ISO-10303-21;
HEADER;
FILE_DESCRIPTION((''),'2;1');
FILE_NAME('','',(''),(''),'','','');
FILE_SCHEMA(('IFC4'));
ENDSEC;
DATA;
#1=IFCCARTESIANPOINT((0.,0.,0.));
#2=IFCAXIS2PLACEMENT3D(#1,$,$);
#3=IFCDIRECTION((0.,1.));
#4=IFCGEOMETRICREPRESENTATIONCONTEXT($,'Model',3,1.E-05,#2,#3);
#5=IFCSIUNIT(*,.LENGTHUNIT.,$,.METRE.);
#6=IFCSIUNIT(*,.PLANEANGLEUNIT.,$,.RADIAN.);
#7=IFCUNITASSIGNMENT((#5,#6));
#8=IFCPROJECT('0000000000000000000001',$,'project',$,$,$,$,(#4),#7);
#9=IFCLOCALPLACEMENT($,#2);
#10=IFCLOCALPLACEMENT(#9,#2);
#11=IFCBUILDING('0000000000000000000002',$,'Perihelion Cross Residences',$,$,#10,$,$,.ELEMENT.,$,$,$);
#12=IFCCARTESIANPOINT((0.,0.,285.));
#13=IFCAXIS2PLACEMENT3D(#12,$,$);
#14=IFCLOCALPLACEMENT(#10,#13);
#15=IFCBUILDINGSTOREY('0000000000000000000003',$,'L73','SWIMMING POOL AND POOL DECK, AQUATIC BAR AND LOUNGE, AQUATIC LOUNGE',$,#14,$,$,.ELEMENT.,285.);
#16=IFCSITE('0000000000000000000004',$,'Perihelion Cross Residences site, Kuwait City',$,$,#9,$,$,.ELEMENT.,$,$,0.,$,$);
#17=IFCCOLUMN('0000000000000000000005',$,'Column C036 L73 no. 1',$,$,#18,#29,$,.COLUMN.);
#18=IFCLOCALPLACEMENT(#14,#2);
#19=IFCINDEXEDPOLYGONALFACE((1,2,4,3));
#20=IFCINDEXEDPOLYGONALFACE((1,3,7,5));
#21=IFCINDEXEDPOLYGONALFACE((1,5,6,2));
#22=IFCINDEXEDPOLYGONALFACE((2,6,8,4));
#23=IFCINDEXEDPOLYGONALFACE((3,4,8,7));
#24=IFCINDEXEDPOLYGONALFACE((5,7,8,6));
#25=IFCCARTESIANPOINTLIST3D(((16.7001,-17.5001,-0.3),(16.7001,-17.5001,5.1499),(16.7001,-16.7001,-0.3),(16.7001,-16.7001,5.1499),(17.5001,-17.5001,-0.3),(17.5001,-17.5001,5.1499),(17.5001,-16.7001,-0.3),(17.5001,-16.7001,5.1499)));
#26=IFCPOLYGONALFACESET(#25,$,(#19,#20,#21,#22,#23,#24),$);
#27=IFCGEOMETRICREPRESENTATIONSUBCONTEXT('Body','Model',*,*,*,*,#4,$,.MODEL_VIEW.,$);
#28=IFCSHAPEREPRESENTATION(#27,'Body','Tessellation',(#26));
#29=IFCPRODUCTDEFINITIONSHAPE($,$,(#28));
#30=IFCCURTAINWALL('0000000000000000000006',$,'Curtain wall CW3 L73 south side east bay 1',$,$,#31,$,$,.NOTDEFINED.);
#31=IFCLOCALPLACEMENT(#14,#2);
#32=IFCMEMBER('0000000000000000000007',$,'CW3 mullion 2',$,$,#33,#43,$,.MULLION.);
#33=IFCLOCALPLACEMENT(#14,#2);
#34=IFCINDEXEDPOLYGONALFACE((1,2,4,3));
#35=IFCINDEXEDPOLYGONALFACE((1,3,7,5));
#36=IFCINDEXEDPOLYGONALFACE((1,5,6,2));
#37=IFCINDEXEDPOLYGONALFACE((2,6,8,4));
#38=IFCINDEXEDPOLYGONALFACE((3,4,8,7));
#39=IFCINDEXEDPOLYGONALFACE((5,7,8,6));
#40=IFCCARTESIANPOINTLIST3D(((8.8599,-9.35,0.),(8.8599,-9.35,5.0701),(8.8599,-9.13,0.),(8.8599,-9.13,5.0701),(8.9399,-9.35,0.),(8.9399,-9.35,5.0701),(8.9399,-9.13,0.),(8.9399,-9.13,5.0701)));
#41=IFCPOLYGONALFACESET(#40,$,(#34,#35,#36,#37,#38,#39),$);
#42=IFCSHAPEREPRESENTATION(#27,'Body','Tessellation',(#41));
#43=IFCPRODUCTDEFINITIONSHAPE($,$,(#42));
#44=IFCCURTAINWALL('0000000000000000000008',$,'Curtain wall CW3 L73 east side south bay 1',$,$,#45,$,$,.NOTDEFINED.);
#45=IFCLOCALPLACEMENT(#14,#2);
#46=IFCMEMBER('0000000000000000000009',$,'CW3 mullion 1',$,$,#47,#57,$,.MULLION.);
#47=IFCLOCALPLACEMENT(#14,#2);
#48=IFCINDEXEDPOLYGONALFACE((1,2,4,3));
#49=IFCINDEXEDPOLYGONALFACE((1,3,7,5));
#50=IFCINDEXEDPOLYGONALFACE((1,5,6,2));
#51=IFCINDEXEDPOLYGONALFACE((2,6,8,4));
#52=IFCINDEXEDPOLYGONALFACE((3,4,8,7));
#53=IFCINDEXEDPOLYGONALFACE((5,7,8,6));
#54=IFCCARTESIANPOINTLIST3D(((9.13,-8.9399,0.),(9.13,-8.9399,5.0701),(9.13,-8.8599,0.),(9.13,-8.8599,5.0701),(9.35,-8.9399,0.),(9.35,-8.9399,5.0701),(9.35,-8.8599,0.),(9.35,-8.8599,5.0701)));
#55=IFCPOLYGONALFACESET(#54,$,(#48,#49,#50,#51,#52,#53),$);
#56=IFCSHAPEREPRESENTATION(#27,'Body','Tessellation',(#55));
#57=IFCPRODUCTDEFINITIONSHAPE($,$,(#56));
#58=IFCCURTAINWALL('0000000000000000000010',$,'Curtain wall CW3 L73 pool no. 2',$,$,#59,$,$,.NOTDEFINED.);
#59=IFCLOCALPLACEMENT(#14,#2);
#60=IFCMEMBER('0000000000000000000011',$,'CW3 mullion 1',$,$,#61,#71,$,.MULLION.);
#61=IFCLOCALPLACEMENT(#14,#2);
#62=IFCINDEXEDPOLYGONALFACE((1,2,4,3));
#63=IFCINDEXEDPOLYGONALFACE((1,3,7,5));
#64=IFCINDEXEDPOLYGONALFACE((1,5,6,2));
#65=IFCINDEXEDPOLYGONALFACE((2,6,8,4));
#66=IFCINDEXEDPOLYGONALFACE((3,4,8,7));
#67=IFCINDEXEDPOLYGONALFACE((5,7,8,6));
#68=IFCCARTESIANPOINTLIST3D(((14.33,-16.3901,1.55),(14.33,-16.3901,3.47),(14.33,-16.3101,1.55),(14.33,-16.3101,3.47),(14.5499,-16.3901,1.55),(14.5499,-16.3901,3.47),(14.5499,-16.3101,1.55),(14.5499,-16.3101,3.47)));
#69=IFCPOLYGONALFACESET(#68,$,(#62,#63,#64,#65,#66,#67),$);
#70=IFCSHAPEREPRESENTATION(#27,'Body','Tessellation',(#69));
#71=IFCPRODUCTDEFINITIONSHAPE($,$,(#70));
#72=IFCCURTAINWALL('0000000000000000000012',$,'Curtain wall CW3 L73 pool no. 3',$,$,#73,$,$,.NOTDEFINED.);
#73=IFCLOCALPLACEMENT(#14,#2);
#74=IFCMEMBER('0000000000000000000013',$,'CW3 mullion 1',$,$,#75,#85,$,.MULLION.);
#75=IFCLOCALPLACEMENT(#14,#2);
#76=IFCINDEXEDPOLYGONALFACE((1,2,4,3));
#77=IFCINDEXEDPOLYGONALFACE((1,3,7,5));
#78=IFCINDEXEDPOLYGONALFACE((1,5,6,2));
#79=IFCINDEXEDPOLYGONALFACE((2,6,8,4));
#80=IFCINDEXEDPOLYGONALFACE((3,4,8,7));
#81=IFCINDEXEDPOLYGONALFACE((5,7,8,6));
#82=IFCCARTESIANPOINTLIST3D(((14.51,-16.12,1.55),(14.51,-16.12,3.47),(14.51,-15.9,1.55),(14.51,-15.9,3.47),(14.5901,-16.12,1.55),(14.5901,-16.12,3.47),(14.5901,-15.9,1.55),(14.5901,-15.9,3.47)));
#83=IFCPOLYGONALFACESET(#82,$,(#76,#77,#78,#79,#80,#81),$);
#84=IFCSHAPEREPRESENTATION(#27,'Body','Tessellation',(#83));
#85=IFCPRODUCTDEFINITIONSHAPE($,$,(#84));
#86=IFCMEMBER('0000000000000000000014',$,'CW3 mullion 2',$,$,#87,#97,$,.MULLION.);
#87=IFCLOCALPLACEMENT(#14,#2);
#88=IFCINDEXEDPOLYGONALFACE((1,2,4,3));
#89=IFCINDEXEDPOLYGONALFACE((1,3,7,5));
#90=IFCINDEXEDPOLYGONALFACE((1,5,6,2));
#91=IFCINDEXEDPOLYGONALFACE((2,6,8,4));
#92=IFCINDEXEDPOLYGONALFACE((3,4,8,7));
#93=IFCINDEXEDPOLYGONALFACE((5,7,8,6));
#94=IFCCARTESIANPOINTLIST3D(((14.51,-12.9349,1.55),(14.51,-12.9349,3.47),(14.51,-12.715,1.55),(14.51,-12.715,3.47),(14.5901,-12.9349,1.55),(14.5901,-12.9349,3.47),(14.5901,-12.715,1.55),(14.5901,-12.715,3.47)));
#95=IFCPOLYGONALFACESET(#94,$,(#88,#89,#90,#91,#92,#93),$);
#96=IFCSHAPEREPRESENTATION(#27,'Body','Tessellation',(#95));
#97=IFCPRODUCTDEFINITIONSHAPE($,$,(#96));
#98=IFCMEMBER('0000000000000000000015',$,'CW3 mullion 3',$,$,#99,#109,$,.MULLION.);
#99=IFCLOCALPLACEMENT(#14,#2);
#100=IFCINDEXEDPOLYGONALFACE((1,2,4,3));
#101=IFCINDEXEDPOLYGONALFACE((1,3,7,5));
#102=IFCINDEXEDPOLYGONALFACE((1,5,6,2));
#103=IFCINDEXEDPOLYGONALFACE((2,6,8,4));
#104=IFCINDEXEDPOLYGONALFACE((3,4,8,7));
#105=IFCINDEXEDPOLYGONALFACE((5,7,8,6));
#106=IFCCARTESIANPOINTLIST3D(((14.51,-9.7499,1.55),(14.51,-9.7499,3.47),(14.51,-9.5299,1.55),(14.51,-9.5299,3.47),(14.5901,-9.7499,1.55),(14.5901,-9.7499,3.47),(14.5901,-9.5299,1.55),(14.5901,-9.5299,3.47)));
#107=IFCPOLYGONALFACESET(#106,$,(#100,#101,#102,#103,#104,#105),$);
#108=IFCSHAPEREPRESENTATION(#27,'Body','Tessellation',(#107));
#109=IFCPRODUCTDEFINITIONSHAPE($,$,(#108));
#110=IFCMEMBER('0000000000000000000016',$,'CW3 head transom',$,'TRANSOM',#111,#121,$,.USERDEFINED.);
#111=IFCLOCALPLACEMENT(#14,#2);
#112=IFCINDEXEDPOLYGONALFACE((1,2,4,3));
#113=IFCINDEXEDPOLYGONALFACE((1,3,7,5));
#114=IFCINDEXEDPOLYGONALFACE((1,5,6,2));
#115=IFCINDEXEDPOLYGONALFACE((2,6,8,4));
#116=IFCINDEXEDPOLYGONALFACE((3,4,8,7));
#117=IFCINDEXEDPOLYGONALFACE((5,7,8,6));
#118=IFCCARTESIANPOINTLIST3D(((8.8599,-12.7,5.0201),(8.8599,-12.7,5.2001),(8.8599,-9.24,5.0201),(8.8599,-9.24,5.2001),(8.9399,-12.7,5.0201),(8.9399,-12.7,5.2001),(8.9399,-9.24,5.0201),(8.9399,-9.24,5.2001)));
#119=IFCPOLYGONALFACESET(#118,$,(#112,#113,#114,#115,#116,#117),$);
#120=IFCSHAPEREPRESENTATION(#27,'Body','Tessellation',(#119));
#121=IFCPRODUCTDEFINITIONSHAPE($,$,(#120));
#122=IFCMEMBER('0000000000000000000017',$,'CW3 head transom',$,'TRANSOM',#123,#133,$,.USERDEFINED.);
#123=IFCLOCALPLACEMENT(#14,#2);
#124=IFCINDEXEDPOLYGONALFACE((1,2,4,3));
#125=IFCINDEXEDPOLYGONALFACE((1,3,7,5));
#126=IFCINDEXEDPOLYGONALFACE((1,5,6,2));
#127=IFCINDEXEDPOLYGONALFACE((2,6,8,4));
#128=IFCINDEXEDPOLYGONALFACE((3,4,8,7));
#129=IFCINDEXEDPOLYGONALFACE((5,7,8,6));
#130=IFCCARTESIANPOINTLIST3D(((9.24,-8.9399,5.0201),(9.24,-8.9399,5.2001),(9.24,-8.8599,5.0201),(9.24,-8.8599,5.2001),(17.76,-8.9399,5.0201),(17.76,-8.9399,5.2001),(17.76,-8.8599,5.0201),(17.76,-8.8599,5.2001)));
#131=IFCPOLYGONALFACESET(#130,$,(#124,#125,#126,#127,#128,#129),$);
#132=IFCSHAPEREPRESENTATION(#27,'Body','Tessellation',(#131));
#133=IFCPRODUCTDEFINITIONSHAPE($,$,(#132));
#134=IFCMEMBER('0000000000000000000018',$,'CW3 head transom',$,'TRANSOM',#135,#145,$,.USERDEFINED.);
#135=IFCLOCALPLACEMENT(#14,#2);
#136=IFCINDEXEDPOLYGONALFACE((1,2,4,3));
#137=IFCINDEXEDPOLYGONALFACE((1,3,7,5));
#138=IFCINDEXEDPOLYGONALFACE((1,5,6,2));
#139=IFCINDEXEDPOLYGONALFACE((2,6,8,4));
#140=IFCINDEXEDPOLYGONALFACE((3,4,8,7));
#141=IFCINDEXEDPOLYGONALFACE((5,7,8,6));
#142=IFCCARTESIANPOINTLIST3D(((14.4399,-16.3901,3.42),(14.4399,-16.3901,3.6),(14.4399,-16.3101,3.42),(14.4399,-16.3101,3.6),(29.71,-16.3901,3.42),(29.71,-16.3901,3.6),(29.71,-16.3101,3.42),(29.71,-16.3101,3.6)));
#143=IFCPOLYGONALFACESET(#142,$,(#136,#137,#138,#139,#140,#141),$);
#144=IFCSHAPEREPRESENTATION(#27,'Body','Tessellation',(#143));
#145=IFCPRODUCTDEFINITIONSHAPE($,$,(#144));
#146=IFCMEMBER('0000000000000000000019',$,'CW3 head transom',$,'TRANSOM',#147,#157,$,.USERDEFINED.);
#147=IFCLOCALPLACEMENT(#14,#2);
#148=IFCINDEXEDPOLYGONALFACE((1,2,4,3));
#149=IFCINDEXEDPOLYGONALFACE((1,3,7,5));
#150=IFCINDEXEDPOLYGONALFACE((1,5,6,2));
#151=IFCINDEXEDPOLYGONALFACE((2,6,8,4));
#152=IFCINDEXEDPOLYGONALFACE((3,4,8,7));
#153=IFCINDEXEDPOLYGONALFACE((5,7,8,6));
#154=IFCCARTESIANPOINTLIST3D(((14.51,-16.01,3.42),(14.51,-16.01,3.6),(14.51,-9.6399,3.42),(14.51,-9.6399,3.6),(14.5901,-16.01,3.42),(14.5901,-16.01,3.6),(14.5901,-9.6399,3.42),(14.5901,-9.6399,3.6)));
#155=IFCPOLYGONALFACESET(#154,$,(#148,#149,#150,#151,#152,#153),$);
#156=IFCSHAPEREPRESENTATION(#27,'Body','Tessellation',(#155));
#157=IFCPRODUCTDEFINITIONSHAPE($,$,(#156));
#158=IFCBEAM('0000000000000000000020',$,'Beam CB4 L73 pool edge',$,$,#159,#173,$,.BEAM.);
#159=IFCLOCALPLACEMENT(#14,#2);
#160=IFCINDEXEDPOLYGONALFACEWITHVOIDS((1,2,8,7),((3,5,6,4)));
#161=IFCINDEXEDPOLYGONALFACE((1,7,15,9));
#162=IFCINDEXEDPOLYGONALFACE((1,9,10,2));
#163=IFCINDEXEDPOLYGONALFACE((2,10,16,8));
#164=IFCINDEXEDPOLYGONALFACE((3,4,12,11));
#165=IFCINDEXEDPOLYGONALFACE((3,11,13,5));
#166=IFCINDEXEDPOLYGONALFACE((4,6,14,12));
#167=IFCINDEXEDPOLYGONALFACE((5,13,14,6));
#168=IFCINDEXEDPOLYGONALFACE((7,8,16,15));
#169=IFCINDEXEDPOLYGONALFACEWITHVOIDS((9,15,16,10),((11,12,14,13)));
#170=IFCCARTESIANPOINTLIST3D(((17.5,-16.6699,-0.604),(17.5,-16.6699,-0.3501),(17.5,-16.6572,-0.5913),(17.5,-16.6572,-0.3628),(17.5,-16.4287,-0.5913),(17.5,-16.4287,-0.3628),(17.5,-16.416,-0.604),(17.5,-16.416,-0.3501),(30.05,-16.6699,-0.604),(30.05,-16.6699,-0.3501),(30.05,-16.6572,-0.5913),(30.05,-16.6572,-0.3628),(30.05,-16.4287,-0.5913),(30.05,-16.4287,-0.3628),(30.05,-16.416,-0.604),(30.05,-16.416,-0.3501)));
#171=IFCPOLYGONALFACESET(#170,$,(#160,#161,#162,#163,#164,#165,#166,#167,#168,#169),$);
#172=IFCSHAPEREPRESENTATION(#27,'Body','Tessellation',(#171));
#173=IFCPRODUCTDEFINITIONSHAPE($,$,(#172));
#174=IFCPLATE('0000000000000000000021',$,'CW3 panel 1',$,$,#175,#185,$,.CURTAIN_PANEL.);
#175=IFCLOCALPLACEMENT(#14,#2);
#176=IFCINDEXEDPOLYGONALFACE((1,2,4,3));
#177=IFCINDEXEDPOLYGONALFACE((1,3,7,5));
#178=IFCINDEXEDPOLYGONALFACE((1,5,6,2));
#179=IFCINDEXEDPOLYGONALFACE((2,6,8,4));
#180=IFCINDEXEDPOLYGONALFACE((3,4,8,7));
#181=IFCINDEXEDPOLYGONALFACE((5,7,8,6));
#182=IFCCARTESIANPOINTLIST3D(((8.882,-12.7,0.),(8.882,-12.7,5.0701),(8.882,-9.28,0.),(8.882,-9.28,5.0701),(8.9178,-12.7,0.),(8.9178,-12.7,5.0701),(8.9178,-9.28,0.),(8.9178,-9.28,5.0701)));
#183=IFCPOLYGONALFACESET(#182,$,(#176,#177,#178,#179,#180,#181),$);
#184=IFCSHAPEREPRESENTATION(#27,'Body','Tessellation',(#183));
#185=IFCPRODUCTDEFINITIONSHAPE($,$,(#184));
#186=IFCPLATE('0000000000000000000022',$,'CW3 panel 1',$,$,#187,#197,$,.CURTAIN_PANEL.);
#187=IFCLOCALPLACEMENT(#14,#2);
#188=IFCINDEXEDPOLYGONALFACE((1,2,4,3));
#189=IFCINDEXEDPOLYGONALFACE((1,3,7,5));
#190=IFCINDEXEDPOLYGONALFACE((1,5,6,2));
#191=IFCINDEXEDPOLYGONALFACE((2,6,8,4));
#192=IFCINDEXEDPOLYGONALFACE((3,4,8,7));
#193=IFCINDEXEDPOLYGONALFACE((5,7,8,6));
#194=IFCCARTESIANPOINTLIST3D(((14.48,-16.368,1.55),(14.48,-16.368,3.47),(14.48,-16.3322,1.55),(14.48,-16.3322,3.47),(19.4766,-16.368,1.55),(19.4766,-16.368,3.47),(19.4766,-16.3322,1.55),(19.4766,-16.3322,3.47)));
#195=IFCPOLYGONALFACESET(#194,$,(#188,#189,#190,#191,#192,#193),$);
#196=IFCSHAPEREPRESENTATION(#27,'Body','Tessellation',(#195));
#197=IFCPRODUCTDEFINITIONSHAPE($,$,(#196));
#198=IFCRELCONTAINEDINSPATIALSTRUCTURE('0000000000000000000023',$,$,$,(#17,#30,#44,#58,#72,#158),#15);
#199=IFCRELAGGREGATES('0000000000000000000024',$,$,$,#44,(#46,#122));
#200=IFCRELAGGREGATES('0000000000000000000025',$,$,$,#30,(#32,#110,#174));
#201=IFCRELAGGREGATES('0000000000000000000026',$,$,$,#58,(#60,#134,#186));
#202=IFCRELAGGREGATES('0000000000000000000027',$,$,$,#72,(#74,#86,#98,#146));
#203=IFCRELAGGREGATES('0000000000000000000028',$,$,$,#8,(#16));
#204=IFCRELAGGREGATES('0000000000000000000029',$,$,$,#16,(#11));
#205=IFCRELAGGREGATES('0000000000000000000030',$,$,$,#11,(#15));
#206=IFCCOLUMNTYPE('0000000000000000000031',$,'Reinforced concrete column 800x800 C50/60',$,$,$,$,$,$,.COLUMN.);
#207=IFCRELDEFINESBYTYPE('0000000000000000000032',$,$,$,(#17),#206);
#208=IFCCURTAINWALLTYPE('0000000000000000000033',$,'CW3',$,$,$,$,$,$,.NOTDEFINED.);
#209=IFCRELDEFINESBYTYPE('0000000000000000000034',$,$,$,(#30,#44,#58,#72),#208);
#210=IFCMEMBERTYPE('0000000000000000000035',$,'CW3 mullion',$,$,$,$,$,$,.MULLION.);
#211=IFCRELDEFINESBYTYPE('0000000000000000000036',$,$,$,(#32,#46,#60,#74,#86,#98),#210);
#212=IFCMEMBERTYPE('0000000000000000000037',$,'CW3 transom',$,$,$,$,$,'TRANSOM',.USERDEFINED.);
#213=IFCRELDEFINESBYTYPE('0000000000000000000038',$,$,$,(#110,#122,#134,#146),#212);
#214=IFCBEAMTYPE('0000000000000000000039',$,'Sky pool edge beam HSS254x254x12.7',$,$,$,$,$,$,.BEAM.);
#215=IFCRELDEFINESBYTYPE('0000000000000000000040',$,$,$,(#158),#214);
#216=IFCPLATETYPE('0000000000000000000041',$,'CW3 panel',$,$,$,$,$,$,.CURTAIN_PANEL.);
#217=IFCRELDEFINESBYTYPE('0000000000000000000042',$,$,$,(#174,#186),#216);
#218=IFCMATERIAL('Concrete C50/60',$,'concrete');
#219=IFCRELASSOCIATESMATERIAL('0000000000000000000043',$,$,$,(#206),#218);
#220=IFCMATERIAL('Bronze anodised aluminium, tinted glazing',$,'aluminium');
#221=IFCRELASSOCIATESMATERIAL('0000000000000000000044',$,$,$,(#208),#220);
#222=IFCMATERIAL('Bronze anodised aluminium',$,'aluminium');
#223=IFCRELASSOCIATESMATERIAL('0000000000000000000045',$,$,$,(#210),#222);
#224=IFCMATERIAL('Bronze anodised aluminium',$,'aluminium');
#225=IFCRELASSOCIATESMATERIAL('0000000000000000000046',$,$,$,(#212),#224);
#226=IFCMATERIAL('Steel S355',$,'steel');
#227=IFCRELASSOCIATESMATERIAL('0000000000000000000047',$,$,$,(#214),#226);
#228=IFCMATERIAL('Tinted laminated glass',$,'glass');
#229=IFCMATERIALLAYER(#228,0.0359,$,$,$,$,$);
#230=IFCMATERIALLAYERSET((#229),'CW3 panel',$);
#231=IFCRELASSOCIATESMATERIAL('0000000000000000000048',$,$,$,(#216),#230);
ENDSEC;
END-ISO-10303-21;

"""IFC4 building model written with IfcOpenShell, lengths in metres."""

from ifc_helpers import new_model, si_unit, direction, frame, origin, origin_2d, place, context, subcontext, project, spatial, rectangle, hollow_rectangle, extrude, material, layer, layer_set, material_profile, profile_set, type_object, element, aggregate, save


model = new_model("IFC4")

# Units and contexts
model_context = context("Model", 3, precision=1e-05, world=origin(), true_north=direction((0.0, 1.0)))
body_context = subcontext(model_context, "Body", "Model", "MODEL_VIEW")
ifc_project = project(units=[si_unit("LENGTHUNIT", "METRE"), si_unit("PLANEANGLEUNIT", "RADIAN")], contexts=[model_context])

# Site, building, storey
site_placement = place(None, origin())
site = spatial("IfcSite", under=ifc_project, at=site_placement, Name="Perihelion Cross Residences site, Kuwait City", CompositionType="ELEMENT", RefElevation=0.0)
building_placement = place(site_placement, origin())
building = spatial("IfcBuilding", under=site, at=building_placement, Name="Perihelion Cross Residences", CompositionType="ELEMENT")
storey_placement = place(building_placement, frame((0.0, 0.0, 285.0)))
storey = spatial("IfcBuildingStorey", under=building, at=storey_placement, Name="L73", Description="SWIMMING POOL AND POOL DECK, AQUATIC BAR AND LOUNGE, AQUATIC LOUNGE", CompositionType="ELEMENT", Elevation=285.0)

# Column
ifc_material_1 = material(Name="Concrete C50/60", Category="concrete")
ifc_material_profile_1 = material_profile(ifc_material_1, rectangle(XDim=0.8, YDim=0.8, at=origin_2d()), Name="RC 800x800")
ifc_profile_set_1 = profile_set([ifc_material_profile_1], Name="Concrete C50/60")
column_type = type_object("IfcColumnType", Name="Reinforced concrete column 800x800 C50/60", PredefinedType="COLUMN", material=ifc_profile_set_1)
column_placement = place(storey_placement, frame((17.1001, -17.1001, -0.3), z_axis=(0.0, 0.0, 1.0), x_axis=(1.0, 0.0, 0.0)))
element("IfcColumn", 1, at=column_placement, inside=storey, type_object=column_type, Name="Column C036 L73 no. 1", PredefinedType="COLUMN", context=body_context, shape_type="SweptSolid", body=[
    extrude(rectangle(XDim=0.8, YDim=0.8, at=origin_2d()), origin(), (0.0, 0.0, 1.0), 5.45),
])

# Curtain walls, members
ifc_material_2 = material(Name="Bronze anodised aluminium, tinted glazing", Category="aluminium")
curtain_wall_type = type_object("IfcCurtainWallType", Name="CW3", PredefinedType="NOTDEFINED", material=ifc_material_2)
curtain_wall_1_placement = place(storey_placement, origin())
curtain_wall_1 = element("IfcCurtainWall", 2, at=curtain_wall_1_placement, inside=storey, type_object=curtain_wall_type, Name="Curtain wall CW3 L73 south side east bay 1", PredefinedType="NOTDEFINED")
ifc_material_3 = material(Name="Bronze anodised aluminium", Category="aluminium")
ifc_material_profile_2 = material_profile(ifc_material_3, rectangle(XDim=0.0801, YDim=0.22, at=origin_2d()), Name="CW3 mullion")
ifc_profile_set_2 = profile_set([ifc_material_profile_2], Name="Bronze anodised aluminium")
member_type_1 = type_object("IfcMemberType", Name="CW3 mullion", PredefinedType="MULLION", material=ifc_profile_set_2)
member_1_placement = place(storey_placement, frame((8.8999, -9.24, 0.0), z_axis=(0.0, 0.0, 1.0), x_axis=(-1.0, 0.0, 0.0)))
member_1 = element("IfcMember", 3, at=member_1_placement, type_object=member_type_1, Name="CW3 mullion 2", PredefinedType="MULLION", context=body_context, shape_type="SweptSolid", body=[
    extrude(rectangle(XDim=0.0801, YDim=0.22, at=origin_2d()), origin(), (0.0, 0.0, 1.0), 5.0701),
])
curtain_wall_2_placement = place(storey_placement, origin())
curtain_wall_2 = element("IfcCurtainWall", 4, at=curtain_wall_2_placement, inside=storey, type_object=curtain_wall_type, Name="Curtain wall CW3 L73 east side south bay 1", PredefinedType="NOTDEFINED")
member_2_placement = place(storey_placement, frame((9.24, -8.8999, 0.0), z_axis=(0.0, 0.0, 1.0), x_axis=(0.0, 1.0, 0.0)))
member_2 = element("IfcMember", 5, at=member_2_placement, type_object=member_type_1, Name="CW3 mullion 1", PredefinedType="MULLION", context=body_context, shape_type="SweptSolid", body=[
    extrude(rectangle(XDim=0.0801, YDim=0.22, at=origin_2d()), origin(), (0.0, 0.0, 1.0), 5.0701),
])
curtain_wall_3_placement = place(storey_placement, origin())
curtain_wall_3 = element("IfcCurtainWall", 6, at=curtain_wall_3_placement, inside=storey, type_object=curtain_wall_type, Name="Curtain wall CW3 L73 pool no. 2", PredefinedType="NOTDEFINED")
member_3_placement = place(storey_placement, frame((14.4399, -16.3501, 1.55), z_axis=(0.0, 0.0, 1.0), x_axis=(0.0, 1.0, 0.0)))
member_3 = element("IfcMember", 7, at=member_3_placement, type_object=member_type_1, Name="CW3 mullion 1", PredefinedType="MULLION", context=body_context, shape_type="SweptSolid", body=[
    extrude(rectangle(XDim=0.0801, YDim=0.22, at=origin_2d()), origin(), (0.0, 0.0, 1.0), 1.9199),
])

# Curtain wall, members
curtain_wall_4_placement = place(storey_placement, origin())
curtain_wall_4 = element("IfcCurtainWall", 8, at=curtain_wall_4_placement, inside=storey, type_object=curtain_wall_type, Name="Curtain wall CW3 L73 pool no. 3", PredefinedType="NOTDEFINED")
member_4_placement = place(storey_placement, frame((14.55, -16.01, 1.55), z_axis=(0.0, 0.0, 1.0), x_axis=(-1.0, 0.0, 0.0)))
member_4 = element("IfcMember", 9, at=member_4_placement, type_object=member_type_1, Name="CW3 mullion 1", PredefinedType="MULLION", context=body_context, shape_type="SweptSolid", body=[
    extrude(rectangle(XDim=0.0801, YDim=0.22, at=origin_2d()), origin(), (0.0, 0.0, 1.0), 1.9199),
])
member_5_placement = place(storey_placement, frame((14.55, -12.825, 1.55), z_axis=(0.0, 0.0, 1.0), x_axis=(-1.0, 0.0, 0.0)))
member_5 = element("IfcMember", 10, at=member_5_placement, type_object=member_type_1, Name="CW3 mullion 2", PredefinedType="MULLION", context=body_context, shape_type="SweptSolid", body=[
    extrude(rectangle(XDim=0.0801, YDim=0.22, at=origin_2d()), origin(), (0.0, 0.0, 1.0), 1.9199),
])
member_6_placement = place(storey_placement, frame((14.55, -9.6399, 1.55), z_axis=(0.0, 0.0, 1.0), x_axis=(-1.0, 0.0, 0.0)))
member_6 = element("IfcMember", 11, at=member_6_placement, type_object=member_type_1, Name="CW3 mullion 3", PredefinedType="MULLION", context=body_context, shape_type="SweptSolid", body=[
    extrude(rectangle(XDim=0.0801, YDim=0.22, at=origin_2d()), origin(), (0.0, 0.0, 1.0), 1.9199),
])

# Members
ifc_material_4 = material(Name="Bronze anodised aluminium", Category="aluminium")
ifc_material_profile_3 = material_profile(ifc_material_4, rectangle(XDim=0.0801, YDim=0.1799, at=origin_2d()), Name="CW3 transom")
ifc_profile_set_3 = profile_set([ifc_material_profile_3], Name="Bronze anodised aluminium")
member_type_2 = type_object("IfcMemberType", Name="CW3 transom", ElementType="TRANSOM", PredefinedType="USERDEFINED", material=ifc_profile_set_3)
member_7_placement = place(storey_placement, frame((8.8999, -12.7, 5.1101), z_axis=(0.0, 1.0, 0.0), x_axis=(-1.0, 0.0, 0.0)))
member_7 = element("IfcMember", 12, at=member_7_placement, type_object=member_type_2, Name="CW3 head transom", ObjectType="TRANSOM", PredefinedType="USERDEFINED", context=body_context, shape_type="SweptSolid", body=[
    extrude(rectangle(XDim=0.0801, YDim=0.1799, at=origin_2d()), origin(), (0.0, 0.0, 1.0), 3.46),
])
member_8_placement = place(storey_placement, frame((9.24, -8.8999, 5.1101), z_axis=(1.0, 0.0, 0.0), x_axis=(0.0, 1.0, 0.0)))
member_8 = element("IfcMember", 13, at=member_8_placement, type_object=member_type_2, Name="CW3 head transom", ObjectType="TRANSOM", PredefinedType="USERDEFINED", context=body_context, shape_type="SweptSolid", body=[
    extrude(rectangle(XDim=0.0801, YDim=0.1799, at=origin_2d()), origin(), (0.0, 0.0, 1.0), 8.52),
])
aggregate(curtain_wall_2, [member_2, member_8])
member_9_placement = place(storey_placement, frame((14.4399, -16.3501, 3.51), z_axis=(1.0, 0.0, 0.0), x_axis=(0.0, 1.0, 0.0)))
member_9 = element("IfcMember", 14, at=member_9_placement, type_object=member_type_2, Name="CW3 head transom", ObjectType="TRANSOM", PredefinedType="USERDEFINED", context=body_context, shape_type="SweptSolid", body=[
    extrude(rectangle(XDim=0.0801, YDim=0.1799, at=origin_2d()), origin(), (0.0, 0.0, 1.0), 15.27),
])
member_10_placement = place(storey_placement, frame((14.55, -16.01, 3.51), z_axis=(0.0, 1.0, 0.0), x_axis=(-1.0, 0.0, 0.0)))
member_10 = element("IfcMember", 15, at=member_10_placement, type_object=member_type_2, Name="CW3 head transom", ObjectType="TRANSOM", PredefinedType="USERDEFINED", context=body_context, shape_type="SweptSolid", body=[
    extrude(rectangle(XDim=0.0801, YDim=0.1799, at=origin_2d()), origin(), (0.0, 0.0, 1.0), 6.3701),
])

# Beam
ifc_material_5 = material(Name="Steel S355", Category="steel")
ifc_material_profile_4 = material_profile(ifc_material_5, hollow_rectangle(XDim=0.2539, YDim=0.2539, WallThickness=0.0127, at=origin_2d()), Name="HSS254x254x12.7")
ifc_profile_set_4 = profile_set([ifc_material_profile_4], Name="Steel S355")
beam_type = type_object("IfcBeamType", Name="Sky pool edge beam HSS254x254x12.7", PredefinedType="BEAM", material=ifc_profile_set_4)
beam_placement = place(storey_placement, frame((17.5, -16.543, -0.4771), z_axis=(1.0, 0.0, 0.0), x_axis=(0.0, 1.0, 0.0)))
element("IfcBeam", 16, at=beam_placement, inside=storey, type_object=beam_type, Name="Beam CB4 L73 pool edge", PredefinedType="BEAM", context=body_context, shape_type="SweptSolid", body=[
    extrude(hollow_rectangle(XDim=0.2539, YDim=0.2539, WallThickness=0.0127, at=origin_2d()), origin(), (0.0, 0.0, 1.0), 12.55),
])

# Plates
ifc_material_6 = material(Name="Tinted laminated glass", Category="glass")
ifc_layer_1 = layer(ifc_material_6, 0.0359)
ifc_layer_set_1 = layer_set([ifc_layer_1], Name="CW3 panel")
plate_type = type_object("IfcPlateType", Name="CW3 panel", PredefinedType="CURTAIN_PANEL", material=ifc_layer_set_1)
plate_1_placement = place(storey_placement, frame((8.8999, -10.99, 0.0), z_axis=(0.0, 0.0, 1.0), x_axis=(0.0, 1.0, 0.0)))
plate_1 = element("IfcPlate", 17, at=plate_1_placement, type_object=plate_type, Name="CW3 panel 1", PredefinedType="CURTAIN_PANEL", context=body_context, shape_type="SweptSolid", body=[
    extrude(rectangle(XDim=3.4199, YDim=0.0359, at=origin_2d()), origin(), (0.0, 0.0, 1.0), 5.0701),
])
aggregate(curtain_wall_1, [member_1, member_7, plate_1])
plate_2_placement = place(storey_placement, frame((16.9783, -16.3501, 1.55), z_axis=(0.0, 0.0, 1.0), x_axis=(1.0, 0.0, 0.0)))
plate_2 = element("IfcPlate", 18, at=plate_2_placement, type_object=plate_type, Name="CW3 panel 1", PredefinedType="CURTAIN_PANEL", context=body_context, shape_type="SweptSolid", body=[
    extrude(rectangle(XDim=4.9966, YDim=0.0359, at=origin_2d()), origin(), (0.0, 0.0, 1.0), 1.9199),
])
aggregate(curtain_wall_3, [member_3, member_9, plate_2])
aggregate(curtain_wall_4, [member_4, member_5, member_6, member_10])

save(model, "model.ifc")
